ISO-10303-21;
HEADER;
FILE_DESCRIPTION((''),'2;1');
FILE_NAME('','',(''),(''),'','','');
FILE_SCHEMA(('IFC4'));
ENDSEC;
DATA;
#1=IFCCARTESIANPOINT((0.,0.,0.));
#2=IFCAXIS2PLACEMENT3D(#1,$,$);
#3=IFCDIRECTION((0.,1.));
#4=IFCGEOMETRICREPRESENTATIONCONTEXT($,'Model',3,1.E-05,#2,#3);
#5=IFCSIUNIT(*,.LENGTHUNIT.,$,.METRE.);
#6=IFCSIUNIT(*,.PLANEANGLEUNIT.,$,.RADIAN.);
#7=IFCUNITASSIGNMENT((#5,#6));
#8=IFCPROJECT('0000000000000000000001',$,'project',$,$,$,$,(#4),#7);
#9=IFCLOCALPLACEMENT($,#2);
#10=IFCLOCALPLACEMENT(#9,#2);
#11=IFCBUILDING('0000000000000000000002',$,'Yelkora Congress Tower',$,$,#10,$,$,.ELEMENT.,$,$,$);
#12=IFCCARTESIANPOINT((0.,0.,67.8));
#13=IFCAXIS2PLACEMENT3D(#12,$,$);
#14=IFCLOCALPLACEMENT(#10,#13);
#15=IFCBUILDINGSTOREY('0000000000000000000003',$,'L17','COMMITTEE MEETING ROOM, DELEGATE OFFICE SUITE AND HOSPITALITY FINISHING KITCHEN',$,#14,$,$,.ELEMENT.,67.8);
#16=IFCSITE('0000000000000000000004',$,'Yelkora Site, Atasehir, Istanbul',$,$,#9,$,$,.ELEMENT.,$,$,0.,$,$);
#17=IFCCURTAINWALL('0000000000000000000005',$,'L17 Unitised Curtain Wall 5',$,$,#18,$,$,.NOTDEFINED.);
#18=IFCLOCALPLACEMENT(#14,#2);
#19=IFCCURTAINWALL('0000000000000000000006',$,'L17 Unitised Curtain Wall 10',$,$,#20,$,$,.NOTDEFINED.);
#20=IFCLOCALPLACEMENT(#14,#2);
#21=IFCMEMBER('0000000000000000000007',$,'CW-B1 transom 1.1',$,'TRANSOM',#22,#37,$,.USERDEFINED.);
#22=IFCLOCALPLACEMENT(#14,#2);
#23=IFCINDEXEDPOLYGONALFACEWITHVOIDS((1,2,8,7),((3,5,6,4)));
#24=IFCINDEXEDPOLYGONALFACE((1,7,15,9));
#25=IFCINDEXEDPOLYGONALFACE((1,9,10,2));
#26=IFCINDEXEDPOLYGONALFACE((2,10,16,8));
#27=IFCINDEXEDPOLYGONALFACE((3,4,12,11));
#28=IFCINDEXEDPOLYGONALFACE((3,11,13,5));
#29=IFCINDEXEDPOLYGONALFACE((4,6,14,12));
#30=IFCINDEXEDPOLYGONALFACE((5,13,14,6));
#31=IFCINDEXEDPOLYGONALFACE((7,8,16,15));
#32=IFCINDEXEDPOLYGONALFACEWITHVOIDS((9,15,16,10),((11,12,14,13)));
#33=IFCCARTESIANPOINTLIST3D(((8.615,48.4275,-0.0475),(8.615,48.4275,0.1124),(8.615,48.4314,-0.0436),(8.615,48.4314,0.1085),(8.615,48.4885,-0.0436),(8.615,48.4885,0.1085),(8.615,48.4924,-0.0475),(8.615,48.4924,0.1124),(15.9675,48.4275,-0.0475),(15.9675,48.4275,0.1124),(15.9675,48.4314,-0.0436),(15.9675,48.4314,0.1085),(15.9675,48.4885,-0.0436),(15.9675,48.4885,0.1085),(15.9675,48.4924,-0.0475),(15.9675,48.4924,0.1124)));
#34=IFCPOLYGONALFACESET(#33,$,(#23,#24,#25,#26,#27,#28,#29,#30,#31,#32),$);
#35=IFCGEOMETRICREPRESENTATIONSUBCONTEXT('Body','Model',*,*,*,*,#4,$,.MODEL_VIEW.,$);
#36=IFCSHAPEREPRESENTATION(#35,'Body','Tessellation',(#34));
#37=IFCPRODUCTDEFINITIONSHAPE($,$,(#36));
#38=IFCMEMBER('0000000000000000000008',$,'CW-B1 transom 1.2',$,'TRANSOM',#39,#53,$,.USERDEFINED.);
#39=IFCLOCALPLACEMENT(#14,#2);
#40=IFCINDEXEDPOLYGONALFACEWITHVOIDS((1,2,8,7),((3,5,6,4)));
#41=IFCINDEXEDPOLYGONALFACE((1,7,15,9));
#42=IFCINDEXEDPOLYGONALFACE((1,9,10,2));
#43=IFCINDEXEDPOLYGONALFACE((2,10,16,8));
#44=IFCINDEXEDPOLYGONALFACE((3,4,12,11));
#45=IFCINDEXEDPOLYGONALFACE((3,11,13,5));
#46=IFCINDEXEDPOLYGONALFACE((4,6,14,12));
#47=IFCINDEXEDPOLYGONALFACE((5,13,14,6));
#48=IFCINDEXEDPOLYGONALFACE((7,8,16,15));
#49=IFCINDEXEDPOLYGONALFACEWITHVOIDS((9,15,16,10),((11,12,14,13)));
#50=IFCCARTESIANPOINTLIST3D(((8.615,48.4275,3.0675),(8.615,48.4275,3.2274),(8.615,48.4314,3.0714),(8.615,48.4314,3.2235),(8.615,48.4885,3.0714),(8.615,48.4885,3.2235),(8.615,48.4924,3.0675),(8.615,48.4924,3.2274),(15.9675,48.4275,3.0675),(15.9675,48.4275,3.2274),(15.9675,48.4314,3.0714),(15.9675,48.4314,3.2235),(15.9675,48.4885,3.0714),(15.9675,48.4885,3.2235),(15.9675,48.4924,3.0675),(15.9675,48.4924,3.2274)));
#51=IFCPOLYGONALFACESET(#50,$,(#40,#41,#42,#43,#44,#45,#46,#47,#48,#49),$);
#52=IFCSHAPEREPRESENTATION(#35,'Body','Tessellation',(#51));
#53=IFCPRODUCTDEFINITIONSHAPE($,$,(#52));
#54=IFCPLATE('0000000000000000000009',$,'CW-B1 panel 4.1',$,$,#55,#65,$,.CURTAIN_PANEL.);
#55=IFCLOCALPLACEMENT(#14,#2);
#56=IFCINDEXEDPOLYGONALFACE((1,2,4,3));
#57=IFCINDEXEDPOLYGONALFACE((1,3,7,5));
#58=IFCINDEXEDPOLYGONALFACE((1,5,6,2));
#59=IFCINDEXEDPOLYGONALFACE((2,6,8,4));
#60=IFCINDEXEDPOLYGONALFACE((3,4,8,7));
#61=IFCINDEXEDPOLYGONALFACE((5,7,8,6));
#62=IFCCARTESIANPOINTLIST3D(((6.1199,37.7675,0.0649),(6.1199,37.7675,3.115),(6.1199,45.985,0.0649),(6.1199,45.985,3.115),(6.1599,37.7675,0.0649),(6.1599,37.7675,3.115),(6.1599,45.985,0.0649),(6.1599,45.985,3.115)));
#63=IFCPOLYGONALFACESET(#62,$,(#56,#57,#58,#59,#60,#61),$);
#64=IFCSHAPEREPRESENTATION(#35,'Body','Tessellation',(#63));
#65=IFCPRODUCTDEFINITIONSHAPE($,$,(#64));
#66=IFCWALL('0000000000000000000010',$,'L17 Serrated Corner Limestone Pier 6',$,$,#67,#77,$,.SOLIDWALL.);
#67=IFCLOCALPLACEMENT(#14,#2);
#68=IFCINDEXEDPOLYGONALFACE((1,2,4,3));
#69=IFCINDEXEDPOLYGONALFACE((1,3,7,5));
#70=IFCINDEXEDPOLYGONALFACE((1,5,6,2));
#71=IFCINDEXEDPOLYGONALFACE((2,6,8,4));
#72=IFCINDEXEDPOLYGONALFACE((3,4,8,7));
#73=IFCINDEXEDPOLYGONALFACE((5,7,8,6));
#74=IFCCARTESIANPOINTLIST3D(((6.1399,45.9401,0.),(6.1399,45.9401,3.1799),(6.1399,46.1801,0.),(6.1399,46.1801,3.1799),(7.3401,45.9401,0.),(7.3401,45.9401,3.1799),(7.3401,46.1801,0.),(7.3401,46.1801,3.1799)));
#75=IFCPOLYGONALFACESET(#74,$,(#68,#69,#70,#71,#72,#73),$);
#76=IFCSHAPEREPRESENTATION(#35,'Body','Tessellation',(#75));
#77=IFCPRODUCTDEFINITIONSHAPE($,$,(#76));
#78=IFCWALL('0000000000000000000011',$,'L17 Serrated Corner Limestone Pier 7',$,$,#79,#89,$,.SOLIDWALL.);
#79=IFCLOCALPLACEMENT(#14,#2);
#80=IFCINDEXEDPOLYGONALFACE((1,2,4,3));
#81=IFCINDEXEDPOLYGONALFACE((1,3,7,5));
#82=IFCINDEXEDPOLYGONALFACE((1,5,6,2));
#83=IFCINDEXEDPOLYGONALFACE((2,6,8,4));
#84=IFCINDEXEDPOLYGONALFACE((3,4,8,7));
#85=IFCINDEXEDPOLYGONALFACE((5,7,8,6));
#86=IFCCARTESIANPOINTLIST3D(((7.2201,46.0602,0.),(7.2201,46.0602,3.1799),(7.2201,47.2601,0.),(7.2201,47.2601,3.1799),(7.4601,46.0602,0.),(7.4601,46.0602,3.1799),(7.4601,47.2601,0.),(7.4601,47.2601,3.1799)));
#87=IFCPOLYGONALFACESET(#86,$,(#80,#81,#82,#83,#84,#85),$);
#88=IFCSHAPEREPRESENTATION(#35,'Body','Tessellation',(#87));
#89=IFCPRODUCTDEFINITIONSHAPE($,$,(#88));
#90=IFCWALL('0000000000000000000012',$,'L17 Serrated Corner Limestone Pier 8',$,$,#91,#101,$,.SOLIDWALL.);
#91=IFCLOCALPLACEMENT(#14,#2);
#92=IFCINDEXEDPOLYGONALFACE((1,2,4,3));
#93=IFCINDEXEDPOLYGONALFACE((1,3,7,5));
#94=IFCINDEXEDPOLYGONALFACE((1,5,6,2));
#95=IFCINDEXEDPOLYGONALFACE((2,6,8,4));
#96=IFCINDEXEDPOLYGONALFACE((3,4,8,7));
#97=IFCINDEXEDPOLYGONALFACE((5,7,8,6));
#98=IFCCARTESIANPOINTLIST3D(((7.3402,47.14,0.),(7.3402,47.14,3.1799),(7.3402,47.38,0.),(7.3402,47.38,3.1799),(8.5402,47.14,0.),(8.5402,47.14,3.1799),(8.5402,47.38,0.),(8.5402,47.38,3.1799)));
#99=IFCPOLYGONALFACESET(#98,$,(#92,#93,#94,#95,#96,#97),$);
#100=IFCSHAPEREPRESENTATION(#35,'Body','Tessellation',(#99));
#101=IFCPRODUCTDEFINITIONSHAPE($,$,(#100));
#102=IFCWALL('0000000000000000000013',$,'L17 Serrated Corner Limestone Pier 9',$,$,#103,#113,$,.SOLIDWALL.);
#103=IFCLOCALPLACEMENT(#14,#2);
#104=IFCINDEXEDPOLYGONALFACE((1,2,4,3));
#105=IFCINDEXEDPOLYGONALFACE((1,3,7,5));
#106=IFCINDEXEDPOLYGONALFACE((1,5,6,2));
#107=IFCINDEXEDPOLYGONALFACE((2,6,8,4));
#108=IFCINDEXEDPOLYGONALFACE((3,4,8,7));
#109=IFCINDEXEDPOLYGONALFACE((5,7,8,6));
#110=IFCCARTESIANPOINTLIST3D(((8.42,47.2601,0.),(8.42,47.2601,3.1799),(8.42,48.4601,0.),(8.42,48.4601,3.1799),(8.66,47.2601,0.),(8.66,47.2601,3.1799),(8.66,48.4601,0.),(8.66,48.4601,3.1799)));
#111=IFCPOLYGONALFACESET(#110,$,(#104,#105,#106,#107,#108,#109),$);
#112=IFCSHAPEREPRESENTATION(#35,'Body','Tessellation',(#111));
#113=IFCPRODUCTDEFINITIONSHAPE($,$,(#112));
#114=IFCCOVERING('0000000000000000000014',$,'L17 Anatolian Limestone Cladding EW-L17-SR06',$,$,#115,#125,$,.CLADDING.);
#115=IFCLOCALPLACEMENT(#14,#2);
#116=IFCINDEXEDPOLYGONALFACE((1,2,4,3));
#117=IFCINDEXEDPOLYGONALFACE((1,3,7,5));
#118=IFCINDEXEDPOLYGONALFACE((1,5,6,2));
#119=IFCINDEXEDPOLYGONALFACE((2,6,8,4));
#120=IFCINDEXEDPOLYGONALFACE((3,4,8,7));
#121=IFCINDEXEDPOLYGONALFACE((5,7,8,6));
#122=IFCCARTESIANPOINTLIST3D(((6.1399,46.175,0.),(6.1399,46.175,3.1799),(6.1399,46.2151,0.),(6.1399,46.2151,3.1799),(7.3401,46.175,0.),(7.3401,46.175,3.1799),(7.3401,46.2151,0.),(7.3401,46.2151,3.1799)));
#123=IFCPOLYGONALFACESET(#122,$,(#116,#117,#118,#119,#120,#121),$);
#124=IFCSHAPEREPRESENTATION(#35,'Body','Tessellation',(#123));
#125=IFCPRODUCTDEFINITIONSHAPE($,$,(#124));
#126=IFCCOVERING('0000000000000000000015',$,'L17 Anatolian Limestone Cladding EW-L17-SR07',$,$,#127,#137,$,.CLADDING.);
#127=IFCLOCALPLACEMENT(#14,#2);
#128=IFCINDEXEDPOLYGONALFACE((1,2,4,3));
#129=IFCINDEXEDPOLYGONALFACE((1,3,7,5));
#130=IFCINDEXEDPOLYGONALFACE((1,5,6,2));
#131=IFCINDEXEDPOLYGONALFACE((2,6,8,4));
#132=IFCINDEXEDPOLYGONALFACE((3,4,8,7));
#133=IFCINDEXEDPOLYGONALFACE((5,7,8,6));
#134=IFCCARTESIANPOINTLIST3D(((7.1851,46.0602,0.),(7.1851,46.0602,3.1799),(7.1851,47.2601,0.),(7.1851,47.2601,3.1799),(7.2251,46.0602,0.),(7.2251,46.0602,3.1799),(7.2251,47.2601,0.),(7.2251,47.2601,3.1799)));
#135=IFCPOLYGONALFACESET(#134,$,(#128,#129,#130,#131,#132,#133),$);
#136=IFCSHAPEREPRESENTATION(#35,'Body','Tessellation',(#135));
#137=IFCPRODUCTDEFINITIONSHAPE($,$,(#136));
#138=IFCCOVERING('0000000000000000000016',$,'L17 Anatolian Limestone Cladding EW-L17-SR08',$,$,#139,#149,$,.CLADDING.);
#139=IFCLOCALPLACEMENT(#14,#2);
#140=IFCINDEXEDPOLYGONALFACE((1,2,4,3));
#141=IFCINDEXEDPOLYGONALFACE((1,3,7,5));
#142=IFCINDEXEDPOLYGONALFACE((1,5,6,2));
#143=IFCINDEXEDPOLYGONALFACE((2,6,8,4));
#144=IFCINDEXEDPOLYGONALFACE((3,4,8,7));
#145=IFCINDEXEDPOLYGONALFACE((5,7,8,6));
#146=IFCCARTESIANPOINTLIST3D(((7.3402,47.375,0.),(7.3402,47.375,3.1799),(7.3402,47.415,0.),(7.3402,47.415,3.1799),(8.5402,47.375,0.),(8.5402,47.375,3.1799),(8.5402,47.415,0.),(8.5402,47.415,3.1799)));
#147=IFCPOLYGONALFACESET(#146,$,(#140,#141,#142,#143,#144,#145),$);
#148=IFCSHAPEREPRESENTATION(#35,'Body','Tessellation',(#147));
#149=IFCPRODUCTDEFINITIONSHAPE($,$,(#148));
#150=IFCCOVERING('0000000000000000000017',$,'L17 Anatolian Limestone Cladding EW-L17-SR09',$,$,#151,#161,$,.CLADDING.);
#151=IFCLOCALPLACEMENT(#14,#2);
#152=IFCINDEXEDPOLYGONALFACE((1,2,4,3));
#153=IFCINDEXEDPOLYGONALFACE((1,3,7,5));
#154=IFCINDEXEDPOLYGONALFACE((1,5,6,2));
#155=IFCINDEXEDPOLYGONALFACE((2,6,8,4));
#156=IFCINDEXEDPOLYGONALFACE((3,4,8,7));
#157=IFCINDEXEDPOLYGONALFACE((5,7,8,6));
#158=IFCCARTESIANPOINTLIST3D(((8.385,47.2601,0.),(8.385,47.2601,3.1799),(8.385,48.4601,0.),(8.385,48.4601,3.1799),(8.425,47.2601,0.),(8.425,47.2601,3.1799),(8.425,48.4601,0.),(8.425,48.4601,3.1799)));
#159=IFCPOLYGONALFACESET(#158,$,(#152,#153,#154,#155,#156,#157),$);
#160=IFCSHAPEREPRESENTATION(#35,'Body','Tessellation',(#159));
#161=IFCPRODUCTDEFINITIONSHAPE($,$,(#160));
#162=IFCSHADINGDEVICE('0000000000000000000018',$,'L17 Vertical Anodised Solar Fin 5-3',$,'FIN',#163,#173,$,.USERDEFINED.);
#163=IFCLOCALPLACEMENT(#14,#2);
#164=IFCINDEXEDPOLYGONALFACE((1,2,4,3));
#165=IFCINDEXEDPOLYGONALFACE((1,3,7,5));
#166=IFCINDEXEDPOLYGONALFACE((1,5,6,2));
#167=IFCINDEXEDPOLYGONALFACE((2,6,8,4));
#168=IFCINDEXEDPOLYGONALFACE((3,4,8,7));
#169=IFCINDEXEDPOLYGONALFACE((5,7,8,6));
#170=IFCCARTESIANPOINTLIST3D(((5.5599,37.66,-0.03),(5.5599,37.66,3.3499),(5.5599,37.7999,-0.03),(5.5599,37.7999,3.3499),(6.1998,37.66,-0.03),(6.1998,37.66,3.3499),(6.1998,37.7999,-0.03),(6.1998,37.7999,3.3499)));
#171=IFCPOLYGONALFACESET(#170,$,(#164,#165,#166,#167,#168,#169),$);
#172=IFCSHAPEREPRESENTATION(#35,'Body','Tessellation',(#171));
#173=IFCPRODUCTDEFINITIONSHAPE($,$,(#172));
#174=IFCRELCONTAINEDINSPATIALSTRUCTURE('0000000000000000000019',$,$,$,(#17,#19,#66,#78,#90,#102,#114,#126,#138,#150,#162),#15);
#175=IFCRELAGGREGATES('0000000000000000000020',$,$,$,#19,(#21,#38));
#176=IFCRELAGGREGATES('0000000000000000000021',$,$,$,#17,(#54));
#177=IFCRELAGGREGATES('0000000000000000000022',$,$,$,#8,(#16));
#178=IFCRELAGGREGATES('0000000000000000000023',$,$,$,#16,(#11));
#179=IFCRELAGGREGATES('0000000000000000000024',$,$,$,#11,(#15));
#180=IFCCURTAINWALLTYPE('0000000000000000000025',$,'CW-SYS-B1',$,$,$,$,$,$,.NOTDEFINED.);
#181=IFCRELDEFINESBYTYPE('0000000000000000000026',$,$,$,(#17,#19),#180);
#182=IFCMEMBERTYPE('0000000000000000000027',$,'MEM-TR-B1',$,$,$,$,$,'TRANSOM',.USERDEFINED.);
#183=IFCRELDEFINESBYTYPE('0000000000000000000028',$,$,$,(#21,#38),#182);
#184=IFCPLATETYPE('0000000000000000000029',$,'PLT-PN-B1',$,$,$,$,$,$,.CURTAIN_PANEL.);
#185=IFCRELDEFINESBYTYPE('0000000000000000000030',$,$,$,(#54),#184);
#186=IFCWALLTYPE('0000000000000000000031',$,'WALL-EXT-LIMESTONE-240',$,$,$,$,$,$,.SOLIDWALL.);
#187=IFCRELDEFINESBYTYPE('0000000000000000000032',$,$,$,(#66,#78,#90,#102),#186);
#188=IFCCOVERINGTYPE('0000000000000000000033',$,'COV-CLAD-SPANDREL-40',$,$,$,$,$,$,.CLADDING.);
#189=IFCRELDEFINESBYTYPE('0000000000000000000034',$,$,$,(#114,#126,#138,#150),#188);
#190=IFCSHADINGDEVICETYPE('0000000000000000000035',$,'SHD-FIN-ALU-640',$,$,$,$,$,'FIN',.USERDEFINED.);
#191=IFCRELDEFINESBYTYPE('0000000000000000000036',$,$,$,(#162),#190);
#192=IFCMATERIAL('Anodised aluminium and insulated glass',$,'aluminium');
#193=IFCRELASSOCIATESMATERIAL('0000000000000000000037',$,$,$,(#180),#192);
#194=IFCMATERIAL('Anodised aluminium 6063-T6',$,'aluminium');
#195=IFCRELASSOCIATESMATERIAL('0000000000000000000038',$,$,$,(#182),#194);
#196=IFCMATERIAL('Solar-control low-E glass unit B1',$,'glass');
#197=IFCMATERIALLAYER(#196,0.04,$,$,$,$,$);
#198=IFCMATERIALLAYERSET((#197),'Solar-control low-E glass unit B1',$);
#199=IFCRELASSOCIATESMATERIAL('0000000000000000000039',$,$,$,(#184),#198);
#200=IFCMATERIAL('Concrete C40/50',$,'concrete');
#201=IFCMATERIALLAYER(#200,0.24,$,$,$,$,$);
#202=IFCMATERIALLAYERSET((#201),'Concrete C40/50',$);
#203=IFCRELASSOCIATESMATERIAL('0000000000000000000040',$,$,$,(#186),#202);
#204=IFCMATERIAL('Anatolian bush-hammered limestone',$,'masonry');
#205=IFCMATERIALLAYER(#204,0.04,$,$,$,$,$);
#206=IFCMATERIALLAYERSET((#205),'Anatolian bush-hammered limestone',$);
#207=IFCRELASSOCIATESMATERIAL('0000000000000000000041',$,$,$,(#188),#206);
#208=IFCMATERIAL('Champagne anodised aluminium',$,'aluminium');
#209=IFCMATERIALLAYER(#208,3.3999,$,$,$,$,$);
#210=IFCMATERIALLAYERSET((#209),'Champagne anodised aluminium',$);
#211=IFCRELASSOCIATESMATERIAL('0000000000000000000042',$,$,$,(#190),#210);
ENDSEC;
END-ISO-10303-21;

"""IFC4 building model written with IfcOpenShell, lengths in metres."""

from ifc_helpers import new_model, si_unit, direction, frame, frame_2d, origin, origin_2d, place, context, subcontext, project, spatial, rectangle, hollow_rectangle, extrude, material, layer, layer_set, material_profile, profile_set, type_object, element, aggregate, save


model = new_model("IFC4")

# Units and contexts
model_context = context("Model", 3, precision=1e-05, world=origin(), true_north=direction((0.0, 1.0)))
body_context = subcontext(model_context, "Body", "Model", "MODEL_VIEW")
ifc_project = project(units=[si_unit("LENGTHUNIT", "METRE"), si_unit("PLANEANGLEUNIT", "RADIAN")], contexts=[model_context])

# Site, building, storey
site_placement = place(None, origin())
site = spatial("IfcSite", under=ifc_project, at=site_placement, Name="Yelkora Site, Atasehir, Istanbul", CompositionType="ELEMENT", RefElevation=0.0)
building_placement = place(site_placement, origin())
building = spatial("IfcBuilding", under=site, at=building_placement, Name="Yelkora Congress Tower", CompositionType="ELEMENT")
storey_placement = place(building_placement, frame((0.0, 0.0, 67.8)))
storey = spatial("IfcBuildingStorey", under=building, at=storey_placement, Name="L17", Description="COMMITTEE MEETING ROOM, DELEGATE OFFICE SUITE AND HOSPITALITY FINISHING KITCHEN", CompositionType="ELEMENT", Elevation=67.8)

# Curtain wall
ifc_material_1 = material(Name="Anodised aluminium and insulated glass", Category="aluminium")
curtain_wall_type = type_object("IfcCurtainWallType", Name="CW-SYS-B1", PredefinedType="NOTDEFINED", material=ifc_material_1)
curtain_wall_1_placement = place(storey_placement, origin())
curtain_wall_1 = element("IfcCurtainWall", 1, at=curtain_wall_1_placement, inside=storey, type_object=curtain_wall_type, Name="L17 Unitised Curtain Wall 5", PredefinedType="NOTDEFINED")
ifc_material_2 = material(Name="Anodised aluminium 6063-T6", Category="aluminium")

# Curtain wall
curtain_wall_2_placement = place(storey_placement, origin())
curtain_wall_2 = element("IfcCurtainWall", 2, at=curtain_wall_2_placement, inside=storey, type_object=curtain_wall_type, Name="L17 Unitised Curtain Wall 10", PredefinedType="NOTDEFINED")

# Members
ifc_material_profile_1 = material_profile(ifc_material_2, hollow_rectangle(XDim=0.0649, YDim=0.1599, WallThickness=0.0039, at=origin_2d()), Name="ALU 65x160x4")
ifc_profile_set_1 = profile_set([ifc_material_profile_1], Name="Anodised aluminium 6063-T6")
member_type_1 = type_object("IfcMemberType", Name="MEM-TR-B1", ElementType="TRANSOM", PredefinedType="USERDEFINED", material=ifc_profile_set_1)
member_1_placement = place(storey_placement, frame((8.615, 48.46, 0.0325), z_axis=(1.0, 0.0, 0.0), x_axis=(0.0, 1.0, 0.0)))
member_1 = element("IfcMember", 3, at=member_1_placement, type_object=member_type_1, Name="CW-B1 transom 1.1", ObjectType="TRANSOM", PredefinedType="USERDEFINED", context=body_context, shape_type="SweptSolid", body=[
    extrude(hollow_rectangle(XDim=0.0649, YDim=0.1599, WallThickness=0.0039, at=origin_2d()), origin(), (0.0, 0.0, 1.0), 7.3525),
])
member_2_placement = place(storey_placement, frame((8.615, 48.46, 3.1475), z_axis=(1.0, 0.0, 0.0), x_axis=(0.0, 1.0, 0.0)))
member_2 = element("IfcMember", 4, at=member_2_placement, type_object=member_type_1, Name="CW-B1 transom 1.2", ObjectType="TRANSOM", PredefinedType="USERDEFINED", context=body_context, shape_type="SweptSolid", body=[
    extrude(hollow_rectangle(XDim=0.0649, YDim=0.1599, WallThickness=0.0039, at=origin_2d()), origin(), (0.0, 0.0, 1.0), 7.3525),
])
aggregate(curtain_wall_2, [member_1, member_2])

# Plate
ifc_material_3 = material(Name="Solar-control low-E glass unit B1", Category="glass")
ifc_layer_1 = layer(ifc_material_3, 0.04)
ifc_layer_set_1 = layer_set([ifc_layer_1], Name="Solar-control low-E glass unit B1")
plate_type = type_object("IfcPlateType", Name="PLT-PN-B1", PredefinedType="CURTAIN_PANEL", material=ifc_layer_set_1)
plate_placement = place(storey_placement, frame((6.1399, 41.8762, 0.0649), z_axis=(0.0, 0.0, 1.0), x_axis=(0.0, 1.0, 0.0)))
plate = element("IfcPlate", 5, at=plate_placement, type_object=plate_type, Name="CW-B1 panel 4.1", PredefinedType="CURTAIN_PANEL", context=body_context, shape_type="SweptSolid", body=[
    extrude(rectangle(XDim=8.2175, YDim=0.04, at=origin_2d()), origin(), (0.0, 0.0, 1.0), 3.05),
])
aggregate(curtain_wall_1, [plate])

# Walls
ifc_material_4 = material(Name="Concrete C40/50", Category="concrete")
ifc_layer_2 = layer(ifc_material_4, 0.24)
ifc_layer_set_2 = layer_set([ifc_layer_2], Name="Concrete C40/50")
wall_type = type_object("IfcWallType", Name="WALL-EXT-LIMESTONE-240", PredefinedType="SOLIDWALL", material=ifc_layer_set_2)
wall_placement = place(storey_placement, frame((6.1399, 46.0601, 0.0), z_axis=(0.0, 0.0, 1.0), x_axis=(1.0, 0.0, 0.0)))
element("IfcWall", 6, at=wall_placement, inside=storey, type_object=wall_type, Name="L17 Serrated Corner Limestone Pier 6", PredefinedType="SOLIDWALL", context=body_context, shape_type="SweptSolid", body=[
    extrude(rectangle(XDim=1.2002, YDim=0.24, at=frame_2d((0.6001, 0.0))), origin(), (0.0, 0.0, 1.0), 3.1799),
])
for number, where, z_axis, x_axis, name in (
    (7, (7.3401, 46.0601, 0.0), (0.0, 0.0, 1.0), (0.0, 1.0, 0.0), "L17 Serrated Corner Limestone Pier 7"),
    (8, (7.3401, 47.26, 0.0), (0.0, 0.0, 1.0), (1.0, 0.0, 0.0), "L17 Serrated Corner Limestone Pier 8"),
    (9, (8.54, 47.26, 0.0), (0.0, 0.0, 1.0), (0.0, 1.0, 0.0), "L17 Serrated Corner Limestone Pier 9"),
):
    element("IfcWall", number, at=place(storey_placement, frame(where, z_axis=z_axis, x_axis=x_axis)), inside=storey, type_object=wall_type, Name=name, PredefinedType="SOLIDWALL", context=body_context, shape_type="SweptSolid", body=[
        extrude(rectangle(XDim=1.2, YDim=0.24, at=frame_2d((0.6001, 0.0))), origin(), (0.0, 0.0, 1.0), 3.1799),
    ])

# Coverings
ifc_material_5 = material(Name="Anatolian bush-hammered limestone", Category="masonry")
ifc_layer_3 = layer(ifc_material_5, 0.04)
ifc_layer_set_3 = layer_set([ifc_layer_3], Name="Anatolian bush-hammered limestone")
covering_type = type_object("IfcCoveringType", Name="COV-CLAD-SPANDREL-40", PredefinedType="CLADDING", material=ifc_layer_set_3)
covering_placement = place(storey_placement, frame((6.1399, 46.1951, 0.0), z_axis=(0.0, 0.0, 1.0), x_axis=(1.0, 0.0, 0.0)))
element("IfcCovering", 10, at=covering_placement, inside=storey, type_object=covering_type, Name="L17 Anatolian Limestone Cladding EW-L17-SR06", PredefinedType="CLADDING", context=body_context, shape_type="SweptSolid", body=[
    extrude(rectangle(XDim=1.2002, YDim=0.04, at=frame_2d((0.6001, 0.0))), origin(), (0.0, 0.0, 1.0), 3.1799),
])
for number, where, z_axis, x_axis, name in (
    (11, (7.2051, 46.0601, 0.0), (0.0, 0.0, 1.0), (0.0, 1.0, 0.0), "L17 Anatolian Limestone Cladding EW-L17-SR07"),
    (12, (7.3401, 47.395, 0.0), (0.0, 0.0, 1.0), (1.0, 0.0, 0.0), "L17 Anatolian Limestone Cladding EW-L17-SR08"),
    (13, (8.405, 47.26, 0.0), (0.0, 0.0, 1.0), (0.0, 1.0, 0.0), "L17 Anatolian Limestone Cladding EW-L17-SR09"),
):
    element("IfcCovering", number, at=place(storey_placement, frame(where, z_axis=z_axis, x_axis=x_axis)), inside=storey, type_object=covering_type, Name=name, PredefinedType="CLADDING", context=body_context, shape_type="SweptSolid", body=[
        extrude(rectangle(XDim=1.2, YDim=0.04, at=frame_2d((0.6001, 0.0))), origin(), (0.0, 0.0, 1.0), 3.1799),
    ])

# Shading device
ifc_material_6 = material(Name="Champagne anodised aluminium", Category="aluminium")
ifc_layer_4 = layer(ifc_material_6, 3.3999)
ifc_layer_set_4 = layer_set([ifc_layer_4], Name="Champagne anodised aluminium")
shading_device_type = type_object("IfcShadingDeviceType", Name="SHD-FIN-ALU-640", ElementType="FIN", PredefinedType="USERDEFINED", material=ifc_layer_set_4)
shading_device_placement = place(storey_placement, frame((5.8799, 37.73, -0.03), z_axis=(0.0, 0.0, 1.0), x_axis=(0.0, 1.0, 0.0)))
element("IfcShadingDevice", 14, at=shading_device_placement, inside=storey, type_object=shading_device_type, Name="L17 Vertical Anodised Solar Fin 5-3", ObjectType="FIN", PredefinedType="USERDEFINED", context=body_context, shape_type="SweptSolid", body=[
    extrude(rectangle(XDim=0.1399, YDim=0.6399, at=origin_2d()), origin(), (0.0, 0.0, 1.0), 3.3799),
])

save(model, "model.ifc")
